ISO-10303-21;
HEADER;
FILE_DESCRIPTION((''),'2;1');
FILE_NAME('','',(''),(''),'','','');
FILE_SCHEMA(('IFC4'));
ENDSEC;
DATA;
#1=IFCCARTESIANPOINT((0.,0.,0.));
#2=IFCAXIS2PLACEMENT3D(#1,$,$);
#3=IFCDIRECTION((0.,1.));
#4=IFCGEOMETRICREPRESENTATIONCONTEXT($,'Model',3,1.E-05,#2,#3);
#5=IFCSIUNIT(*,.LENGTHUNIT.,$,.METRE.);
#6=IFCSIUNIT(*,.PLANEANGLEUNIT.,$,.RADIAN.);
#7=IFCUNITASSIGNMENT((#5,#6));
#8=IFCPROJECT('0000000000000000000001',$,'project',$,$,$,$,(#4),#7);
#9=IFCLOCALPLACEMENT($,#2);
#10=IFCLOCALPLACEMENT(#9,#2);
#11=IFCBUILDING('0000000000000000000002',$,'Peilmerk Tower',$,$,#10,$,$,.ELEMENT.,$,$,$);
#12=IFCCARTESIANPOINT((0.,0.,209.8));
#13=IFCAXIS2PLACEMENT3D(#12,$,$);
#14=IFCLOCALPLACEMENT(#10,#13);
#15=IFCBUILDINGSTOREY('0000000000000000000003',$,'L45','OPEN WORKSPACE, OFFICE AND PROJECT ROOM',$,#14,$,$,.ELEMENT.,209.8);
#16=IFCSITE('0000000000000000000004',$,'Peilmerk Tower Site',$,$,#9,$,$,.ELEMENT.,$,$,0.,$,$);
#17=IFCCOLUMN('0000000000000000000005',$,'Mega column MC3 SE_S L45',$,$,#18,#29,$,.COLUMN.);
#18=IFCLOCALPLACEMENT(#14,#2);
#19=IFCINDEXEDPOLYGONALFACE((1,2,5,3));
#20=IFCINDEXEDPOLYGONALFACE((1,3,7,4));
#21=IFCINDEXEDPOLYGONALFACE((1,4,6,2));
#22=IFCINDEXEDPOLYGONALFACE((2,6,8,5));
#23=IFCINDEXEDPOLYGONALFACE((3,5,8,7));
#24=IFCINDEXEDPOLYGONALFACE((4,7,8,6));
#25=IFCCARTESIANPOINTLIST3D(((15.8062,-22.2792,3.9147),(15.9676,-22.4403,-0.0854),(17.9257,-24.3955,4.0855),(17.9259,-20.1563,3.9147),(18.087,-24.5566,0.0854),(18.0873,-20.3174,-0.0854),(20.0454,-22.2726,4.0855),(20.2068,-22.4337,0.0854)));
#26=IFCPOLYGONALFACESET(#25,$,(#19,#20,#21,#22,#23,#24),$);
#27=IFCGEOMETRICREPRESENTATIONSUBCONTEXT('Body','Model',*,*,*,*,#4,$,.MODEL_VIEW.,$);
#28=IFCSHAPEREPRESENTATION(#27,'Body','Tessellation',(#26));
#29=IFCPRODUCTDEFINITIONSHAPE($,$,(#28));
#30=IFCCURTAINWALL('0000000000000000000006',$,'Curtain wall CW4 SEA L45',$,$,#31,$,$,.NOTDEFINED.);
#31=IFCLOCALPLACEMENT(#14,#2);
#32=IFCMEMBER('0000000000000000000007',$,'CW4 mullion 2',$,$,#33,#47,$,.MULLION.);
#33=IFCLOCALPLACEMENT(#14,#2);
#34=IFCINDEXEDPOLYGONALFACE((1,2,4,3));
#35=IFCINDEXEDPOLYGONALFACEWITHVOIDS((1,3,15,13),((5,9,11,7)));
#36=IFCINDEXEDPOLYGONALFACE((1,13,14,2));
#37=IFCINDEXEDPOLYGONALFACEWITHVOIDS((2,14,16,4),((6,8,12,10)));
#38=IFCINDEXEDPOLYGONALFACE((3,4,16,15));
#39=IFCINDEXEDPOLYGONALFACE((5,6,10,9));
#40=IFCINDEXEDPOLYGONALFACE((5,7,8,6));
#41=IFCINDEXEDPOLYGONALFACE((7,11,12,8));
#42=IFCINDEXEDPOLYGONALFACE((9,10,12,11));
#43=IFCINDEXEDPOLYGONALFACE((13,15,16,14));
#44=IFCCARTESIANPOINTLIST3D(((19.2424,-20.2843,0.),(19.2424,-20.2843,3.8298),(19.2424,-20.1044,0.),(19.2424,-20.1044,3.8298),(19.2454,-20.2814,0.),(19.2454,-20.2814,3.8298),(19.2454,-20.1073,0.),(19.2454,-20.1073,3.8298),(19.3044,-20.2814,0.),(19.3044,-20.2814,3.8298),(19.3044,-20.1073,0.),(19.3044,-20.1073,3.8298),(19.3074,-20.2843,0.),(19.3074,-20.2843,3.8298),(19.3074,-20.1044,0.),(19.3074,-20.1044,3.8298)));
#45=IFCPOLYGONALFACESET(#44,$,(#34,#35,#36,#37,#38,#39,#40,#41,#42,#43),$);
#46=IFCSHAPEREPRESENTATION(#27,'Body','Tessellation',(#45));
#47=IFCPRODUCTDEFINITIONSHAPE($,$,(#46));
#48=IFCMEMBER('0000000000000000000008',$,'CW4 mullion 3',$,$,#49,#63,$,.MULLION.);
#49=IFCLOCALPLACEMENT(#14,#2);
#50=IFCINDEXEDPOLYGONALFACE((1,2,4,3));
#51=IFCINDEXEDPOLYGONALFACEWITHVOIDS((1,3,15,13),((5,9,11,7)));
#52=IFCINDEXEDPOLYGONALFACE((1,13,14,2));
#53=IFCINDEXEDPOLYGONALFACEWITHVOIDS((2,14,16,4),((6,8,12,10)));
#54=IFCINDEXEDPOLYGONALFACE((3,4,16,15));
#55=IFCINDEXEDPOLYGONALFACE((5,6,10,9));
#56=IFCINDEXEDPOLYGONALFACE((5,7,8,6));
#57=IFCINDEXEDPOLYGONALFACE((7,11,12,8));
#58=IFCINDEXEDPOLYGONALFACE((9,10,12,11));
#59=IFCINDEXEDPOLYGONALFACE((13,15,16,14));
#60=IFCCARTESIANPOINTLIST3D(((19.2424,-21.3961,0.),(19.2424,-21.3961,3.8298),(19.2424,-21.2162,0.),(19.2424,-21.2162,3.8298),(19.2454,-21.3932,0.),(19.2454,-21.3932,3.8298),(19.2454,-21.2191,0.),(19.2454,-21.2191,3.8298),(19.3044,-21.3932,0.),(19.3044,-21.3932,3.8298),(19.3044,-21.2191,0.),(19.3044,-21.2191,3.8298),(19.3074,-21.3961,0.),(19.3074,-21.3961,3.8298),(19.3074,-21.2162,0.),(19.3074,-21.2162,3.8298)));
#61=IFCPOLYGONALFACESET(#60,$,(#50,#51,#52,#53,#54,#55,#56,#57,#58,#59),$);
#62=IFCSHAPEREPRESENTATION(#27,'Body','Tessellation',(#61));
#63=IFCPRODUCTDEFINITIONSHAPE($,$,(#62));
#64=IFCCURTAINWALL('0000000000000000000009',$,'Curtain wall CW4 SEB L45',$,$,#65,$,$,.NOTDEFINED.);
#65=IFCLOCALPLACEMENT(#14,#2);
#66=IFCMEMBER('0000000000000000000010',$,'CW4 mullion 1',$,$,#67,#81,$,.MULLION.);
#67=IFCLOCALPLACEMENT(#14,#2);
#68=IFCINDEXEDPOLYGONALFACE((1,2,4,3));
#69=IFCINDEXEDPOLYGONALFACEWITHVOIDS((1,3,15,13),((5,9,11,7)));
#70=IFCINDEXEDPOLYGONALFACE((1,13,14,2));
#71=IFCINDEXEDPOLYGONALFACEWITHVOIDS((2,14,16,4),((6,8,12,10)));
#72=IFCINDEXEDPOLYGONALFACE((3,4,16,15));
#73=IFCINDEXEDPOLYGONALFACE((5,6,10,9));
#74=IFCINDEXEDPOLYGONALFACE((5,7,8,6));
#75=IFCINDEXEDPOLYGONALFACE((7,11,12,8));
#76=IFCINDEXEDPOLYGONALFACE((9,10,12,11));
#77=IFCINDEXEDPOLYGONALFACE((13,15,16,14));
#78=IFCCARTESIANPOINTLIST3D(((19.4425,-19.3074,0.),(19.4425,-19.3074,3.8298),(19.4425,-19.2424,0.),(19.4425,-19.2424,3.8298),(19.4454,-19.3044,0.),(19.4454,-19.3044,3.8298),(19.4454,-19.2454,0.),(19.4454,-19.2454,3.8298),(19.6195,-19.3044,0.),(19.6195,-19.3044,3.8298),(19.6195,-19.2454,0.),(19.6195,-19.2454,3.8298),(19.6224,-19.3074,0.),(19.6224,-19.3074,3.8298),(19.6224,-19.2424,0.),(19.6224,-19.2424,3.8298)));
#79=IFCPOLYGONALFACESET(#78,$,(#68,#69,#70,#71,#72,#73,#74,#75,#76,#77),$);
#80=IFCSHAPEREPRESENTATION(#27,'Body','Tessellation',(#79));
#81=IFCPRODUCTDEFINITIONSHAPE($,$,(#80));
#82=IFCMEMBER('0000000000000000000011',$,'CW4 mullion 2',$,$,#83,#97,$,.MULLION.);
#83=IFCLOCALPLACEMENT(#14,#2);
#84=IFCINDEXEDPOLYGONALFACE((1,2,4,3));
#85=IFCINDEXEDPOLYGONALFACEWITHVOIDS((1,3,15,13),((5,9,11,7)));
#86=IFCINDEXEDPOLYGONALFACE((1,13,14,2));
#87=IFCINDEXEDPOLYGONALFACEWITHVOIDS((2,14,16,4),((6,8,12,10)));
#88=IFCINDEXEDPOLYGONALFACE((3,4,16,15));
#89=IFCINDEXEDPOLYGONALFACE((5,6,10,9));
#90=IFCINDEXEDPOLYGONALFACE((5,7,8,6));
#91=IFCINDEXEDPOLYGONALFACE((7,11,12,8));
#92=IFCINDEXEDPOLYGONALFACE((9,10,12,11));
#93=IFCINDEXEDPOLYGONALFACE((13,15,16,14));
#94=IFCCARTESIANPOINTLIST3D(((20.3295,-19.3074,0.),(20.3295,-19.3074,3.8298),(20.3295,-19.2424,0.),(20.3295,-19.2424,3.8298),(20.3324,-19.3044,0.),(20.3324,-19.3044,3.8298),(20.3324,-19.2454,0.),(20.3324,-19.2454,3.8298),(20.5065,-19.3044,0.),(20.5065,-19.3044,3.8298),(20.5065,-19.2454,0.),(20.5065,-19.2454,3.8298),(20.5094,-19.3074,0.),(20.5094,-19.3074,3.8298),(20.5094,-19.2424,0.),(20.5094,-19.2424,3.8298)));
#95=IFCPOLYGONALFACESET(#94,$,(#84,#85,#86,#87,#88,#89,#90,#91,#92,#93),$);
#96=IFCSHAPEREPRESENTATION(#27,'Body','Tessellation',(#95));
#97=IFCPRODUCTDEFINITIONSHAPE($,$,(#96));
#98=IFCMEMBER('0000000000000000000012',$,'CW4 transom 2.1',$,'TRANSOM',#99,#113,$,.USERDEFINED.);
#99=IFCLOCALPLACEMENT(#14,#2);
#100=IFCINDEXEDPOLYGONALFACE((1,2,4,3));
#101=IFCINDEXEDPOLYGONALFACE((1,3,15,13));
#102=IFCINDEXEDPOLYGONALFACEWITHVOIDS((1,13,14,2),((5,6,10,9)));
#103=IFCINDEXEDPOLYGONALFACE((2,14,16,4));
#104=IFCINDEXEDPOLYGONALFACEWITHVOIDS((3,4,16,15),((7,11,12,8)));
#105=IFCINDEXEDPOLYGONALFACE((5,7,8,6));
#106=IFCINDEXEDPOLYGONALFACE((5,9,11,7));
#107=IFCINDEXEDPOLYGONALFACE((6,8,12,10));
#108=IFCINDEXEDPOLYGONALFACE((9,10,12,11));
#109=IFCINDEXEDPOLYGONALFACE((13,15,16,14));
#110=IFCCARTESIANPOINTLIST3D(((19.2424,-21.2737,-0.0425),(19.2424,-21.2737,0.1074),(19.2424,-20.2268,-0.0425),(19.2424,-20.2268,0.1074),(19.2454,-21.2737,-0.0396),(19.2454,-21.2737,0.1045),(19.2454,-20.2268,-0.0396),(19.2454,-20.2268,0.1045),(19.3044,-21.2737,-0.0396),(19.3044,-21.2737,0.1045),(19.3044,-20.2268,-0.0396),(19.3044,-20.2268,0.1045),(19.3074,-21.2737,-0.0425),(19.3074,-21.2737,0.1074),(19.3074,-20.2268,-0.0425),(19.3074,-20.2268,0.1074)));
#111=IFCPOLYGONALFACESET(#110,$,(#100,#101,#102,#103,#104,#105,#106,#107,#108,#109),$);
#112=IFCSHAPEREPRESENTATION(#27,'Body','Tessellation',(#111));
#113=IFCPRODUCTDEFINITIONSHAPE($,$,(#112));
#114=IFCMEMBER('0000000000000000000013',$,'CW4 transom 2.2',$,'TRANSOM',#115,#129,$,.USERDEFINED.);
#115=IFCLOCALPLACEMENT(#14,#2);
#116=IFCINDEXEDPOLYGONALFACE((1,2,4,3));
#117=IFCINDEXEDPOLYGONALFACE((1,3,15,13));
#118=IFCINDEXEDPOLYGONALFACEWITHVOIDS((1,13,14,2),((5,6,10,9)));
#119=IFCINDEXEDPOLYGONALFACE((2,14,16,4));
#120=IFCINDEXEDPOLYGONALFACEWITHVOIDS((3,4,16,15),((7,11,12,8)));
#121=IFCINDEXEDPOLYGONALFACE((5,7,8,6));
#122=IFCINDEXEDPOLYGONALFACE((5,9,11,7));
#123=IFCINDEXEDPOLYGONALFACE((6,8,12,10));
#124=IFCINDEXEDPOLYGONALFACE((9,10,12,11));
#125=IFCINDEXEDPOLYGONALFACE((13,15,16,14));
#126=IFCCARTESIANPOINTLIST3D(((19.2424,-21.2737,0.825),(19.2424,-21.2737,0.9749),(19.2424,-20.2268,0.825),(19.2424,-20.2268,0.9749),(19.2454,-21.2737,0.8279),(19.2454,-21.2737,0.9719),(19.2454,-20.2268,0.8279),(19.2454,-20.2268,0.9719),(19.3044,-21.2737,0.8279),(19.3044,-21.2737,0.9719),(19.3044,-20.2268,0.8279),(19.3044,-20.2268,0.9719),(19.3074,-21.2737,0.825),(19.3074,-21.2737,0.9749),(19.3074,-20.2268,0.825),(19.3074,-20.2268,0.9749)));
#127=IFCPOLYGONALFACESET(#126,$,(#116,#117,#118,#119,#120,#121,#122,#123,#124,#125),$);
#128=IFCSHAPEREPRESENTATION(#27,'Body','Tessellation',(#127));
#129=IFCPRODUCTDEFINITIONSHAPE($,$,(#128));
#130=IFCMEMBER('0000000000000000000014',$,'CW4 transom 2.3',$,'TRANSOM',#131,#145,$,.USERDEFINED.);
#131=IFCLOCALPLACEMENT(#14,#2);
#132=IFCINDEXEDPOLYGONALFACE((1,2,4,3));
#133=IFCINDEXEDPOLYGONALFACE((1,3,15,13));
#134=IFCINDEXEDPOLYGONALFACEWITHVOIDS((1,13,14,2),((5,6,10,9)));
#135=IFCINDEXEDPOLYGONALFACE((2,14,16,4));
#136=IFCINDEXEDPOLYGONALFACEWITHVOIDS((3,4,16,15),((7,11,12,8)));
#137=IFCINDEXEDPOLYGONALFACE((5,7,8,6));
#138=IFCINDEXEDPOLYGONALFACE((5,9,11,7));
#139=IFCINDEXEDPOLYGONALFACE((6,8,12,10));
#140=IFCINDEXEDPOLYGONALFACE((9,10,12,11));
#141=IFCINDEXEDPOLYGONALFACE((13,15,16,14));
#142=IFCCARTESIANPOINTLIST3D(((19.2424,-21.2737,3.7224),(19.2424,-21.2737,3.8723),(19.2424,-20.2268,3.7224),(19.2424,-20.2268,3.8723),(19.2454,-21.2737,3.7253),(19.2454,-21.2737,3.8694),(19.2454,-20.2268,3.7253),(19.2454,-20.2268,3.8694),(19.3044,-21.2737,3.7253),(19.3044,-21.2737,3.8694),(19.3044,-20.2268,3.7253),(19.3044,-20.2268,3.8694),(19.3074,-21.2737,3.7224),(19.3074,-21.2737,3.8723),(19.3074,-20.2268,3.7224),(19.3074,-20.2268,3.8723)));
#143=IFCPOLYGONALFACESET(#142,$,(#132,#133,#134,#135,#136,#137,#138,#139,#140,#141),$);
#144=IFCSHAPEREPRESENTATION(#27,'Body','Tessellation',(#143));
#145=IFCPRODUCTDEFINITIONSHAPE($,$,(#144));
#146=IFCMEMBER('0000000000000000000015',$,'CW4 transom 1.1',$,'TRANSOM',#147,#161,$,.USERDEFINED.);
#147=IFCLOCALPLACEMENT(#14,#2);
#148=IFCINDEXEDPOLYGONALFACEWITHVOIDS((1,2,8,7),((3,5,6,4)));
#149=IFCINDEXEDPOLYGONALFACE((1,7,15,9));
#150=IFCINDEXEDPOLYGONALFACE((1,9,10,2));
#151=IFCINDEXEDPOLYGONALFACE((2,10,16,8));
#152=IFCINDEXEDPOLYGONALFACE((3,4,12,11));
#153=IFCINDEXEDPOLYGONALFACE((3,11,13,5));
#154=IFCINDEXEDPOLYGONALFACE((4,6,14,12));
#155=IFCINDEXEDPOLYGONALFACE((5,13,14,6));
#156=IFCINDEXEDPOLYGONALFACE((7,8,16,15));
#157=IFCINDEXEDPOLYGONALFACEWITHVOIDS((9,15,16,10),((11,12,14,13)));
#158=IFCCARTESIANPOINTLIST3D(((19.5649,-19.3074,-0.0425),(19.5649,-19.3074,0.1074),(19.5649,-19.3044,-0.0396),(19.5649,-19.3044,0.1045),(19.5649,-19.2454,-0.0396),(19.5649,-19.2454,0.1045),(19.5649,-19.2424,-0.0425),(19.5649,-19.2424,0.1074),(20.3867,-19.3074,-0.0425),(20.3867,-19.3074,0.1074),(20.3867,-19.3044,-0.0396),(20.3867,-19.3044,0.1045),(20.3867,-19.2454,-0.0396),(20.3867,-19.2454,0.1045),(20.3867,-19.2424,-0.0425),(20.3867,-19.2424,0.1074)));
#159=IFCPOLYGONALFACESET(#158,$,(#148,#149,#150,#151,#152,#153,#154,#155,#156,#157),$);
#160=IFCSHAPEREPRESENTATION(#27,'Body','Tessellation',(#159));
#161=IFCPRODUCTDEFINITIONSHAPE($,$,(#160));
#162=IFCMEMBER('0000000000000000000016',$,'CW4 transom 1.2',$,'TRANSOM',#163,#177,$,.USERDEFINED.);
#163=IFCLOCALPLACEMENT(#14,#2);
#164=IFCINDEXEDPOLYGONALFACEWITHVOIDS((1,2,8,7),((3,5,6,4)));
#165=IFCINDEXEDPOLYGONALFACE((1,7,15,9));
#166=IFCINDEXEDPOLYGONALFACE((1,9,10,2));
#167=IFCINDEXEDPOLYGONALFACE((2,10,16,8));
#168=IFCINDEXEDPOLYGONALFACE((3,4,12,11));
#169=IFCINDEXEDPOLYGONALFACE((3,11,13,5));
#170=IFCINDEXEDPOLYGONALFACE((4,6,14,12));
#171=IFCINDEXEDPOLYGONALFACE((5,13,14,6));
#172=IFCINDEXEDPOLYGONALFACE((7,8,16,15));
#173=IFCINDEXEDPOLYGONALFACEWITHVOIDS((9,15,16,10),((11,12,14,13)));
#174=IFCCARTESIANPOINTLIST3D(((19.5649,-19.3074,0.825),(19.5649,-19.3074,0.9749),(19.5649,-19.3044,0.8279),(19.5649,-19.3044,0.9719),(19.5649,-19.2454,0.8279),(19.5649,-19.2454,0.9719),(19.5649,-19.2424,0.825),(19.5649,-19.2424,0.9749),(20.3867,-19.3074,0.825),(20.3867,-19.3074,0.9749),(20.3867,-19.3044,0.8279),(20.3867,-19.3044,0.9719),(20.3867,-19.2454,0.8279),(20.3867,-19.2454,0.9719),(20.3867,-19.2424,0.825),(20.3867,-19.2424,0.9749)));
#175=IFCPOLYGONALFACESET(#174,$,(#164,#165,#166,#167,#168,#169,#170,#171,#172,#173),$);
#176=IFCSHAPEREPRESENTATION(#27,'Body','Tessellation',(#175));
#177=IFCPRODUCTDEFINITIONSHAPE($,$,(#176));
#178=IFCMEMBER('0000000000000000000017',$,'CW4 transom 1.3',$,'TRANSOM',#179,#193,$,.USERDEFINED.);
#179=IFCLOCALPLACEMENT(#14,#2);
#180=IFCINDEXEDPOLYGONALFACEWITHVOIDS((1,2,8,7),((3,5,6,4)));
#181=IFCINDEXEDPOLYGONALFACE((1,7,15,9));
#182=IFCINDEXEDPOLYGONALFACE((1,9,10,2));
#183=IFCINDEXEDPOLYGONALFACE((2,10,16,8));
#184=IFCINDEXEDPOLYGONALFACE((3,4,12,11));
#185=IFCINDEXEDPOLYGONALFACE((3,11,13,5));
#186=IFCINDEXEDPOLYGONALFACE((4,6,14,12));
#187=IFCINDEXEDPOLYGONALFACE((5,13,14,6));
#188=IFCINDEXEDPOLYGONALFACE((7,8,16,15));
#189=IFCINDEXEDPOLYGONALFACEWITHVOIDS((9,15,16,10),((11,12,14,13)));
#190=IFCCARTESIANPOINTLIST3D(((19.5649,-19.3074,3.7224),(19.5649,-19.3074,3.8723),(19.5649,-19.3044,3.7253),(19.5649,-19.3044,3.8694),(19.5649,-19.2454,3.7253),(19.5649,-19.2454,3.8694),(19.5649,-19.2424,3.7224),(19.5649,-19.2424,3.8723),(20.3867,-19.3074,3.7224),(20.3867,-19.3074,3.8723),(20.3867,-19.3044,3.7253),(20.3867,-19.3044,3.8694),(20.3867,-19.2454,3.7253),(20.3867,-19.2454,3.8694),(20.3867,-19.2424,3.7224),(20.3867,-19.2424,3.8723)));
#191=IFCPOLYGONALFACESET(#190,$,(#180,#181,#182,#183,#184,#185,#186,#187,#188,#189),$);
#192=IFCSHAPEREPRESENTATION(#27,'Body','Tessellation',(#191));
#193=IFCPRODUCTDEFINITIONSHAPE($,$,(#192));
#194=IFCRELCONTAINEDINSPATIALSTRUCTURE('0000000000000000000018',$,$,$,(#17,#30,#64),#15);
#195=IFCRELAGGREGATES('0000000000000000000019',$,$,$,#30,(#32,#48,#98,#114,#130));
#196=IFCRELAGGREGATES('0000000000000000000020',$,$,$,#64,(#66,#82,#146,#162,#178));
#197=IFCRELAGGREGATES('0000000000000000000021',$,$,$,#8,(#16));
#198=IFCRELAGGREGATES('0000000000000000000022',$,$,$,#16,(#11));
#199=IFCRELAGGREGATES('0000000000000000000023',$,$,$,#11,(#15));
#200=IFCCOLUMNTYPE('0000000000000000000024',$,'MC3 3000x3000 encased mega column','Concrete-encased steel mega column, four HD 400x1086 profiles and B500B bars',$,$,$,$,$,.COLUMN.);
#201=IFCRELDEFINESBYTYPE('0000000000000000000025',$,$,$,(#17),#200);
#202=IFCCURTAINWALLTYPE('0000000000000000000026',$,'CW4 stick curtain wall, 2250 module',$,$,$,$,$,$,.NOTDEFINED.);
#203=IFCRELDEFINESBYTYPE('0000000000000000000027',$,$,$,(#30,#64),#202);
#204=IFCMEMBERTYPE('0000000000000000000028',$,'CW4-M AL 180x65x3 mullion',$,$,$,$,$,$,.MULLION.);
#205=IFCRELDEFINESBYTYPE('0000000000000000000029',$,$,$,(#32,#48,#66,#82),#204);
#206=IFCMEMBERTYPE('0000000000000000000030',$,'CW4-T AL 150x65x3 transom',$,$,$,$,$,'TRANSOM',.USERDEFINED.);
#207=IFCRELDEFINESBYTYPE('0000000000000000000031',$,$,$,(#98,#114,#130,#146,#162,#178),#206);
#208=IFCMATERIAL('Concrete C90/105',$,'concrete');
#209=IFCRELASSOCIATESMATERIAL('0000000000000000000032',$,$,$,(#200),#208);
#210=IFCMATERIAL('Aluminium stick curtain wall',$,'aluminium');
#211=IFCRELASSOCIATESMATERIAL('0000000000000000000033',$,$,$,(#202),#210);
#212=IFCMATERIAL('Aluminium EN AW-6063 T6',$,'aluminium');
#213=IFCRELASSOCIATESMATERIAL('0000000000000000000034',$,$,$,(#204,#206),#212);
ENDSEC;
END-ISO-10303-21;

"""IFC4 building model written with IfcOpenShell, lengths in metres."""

from ifc_helpers import new_model, si_unit, direction, frame, origin, origin_2d, place, context, subcontext, project, spatial, rectangle, hollow_rectangle, extrude, material, material_profile, profile_set, type_object, element, aggregate, save


model = new_model("IFC4")

# Units and contexts
model_context = context("Model", 3, precision=1e-05, world=origin(), true_north=direction((0.0, 1.0)))
body_context = subcontext(model_context, "Body", "Model", "MODEL_VIEW")
ifc_project = project(units=[si_unit("LENGTHUNIT", "METRE"), si_unit("PLANEANGLEUNIT", "RADIAN")], contexts=[model_context])

# Site, building, storey
site_placement = place(None, origin())
site = spatial("IfcSite", under=ifc_project, at=site_placement, Name="Peilmerk Tower Site", CompositionType="ELEMENT", RefElevation=0.0)
building_placement = place(site_placement, origin())
building = spatial("IfcBuilding", under=site, at=building_placement, Name="Peilmerk Tower", CompositionType="ELEMENT")
storey_placement = place(building_placement, frame((0.0, 0.0, 209.8)))
storey = spatial("IfcBuildingStorey", under=building, at=storey_placement, Name="L45", Description="OPEN WORKSPACE, OFFICE AND PROJECT ROOM", CompositionType="ELEMENT", Elevation=209.8)

# Column
ifc_material_1 = material(Name="Concrete C90/105", Category="concrete")
ifc_material_profile_1 = material_profile(ifc_material_1, rectangle(XDim=3.0, YDim=3.0, at=origin_2d()), Name="RC 3000x3000")
ifc_profile_set_1 = profile_set([ifc_material_profile_1], Name="Concrete C90/105")
column_type = type_object("IfcColumnType", Name="MC3 3000x3000 encased mega column", Description="Concrete-encased steel mega column, four HD 400x1086 profiles and B500B bars", PredefinedType="COLUMN", material=ifc_profile_set_1)
column_placement = place(storey_placement, frame((18.0872, -22.437, 0.0), z_axis=(-0.040279, 0.040218, 0.998379), x_axis=(-0.706571, -0.707642, 0.0)))
element("IfcColumn", 1, at=column_placement, inside=storey, type_object=column_type, Name="Mega column MC3 SE_S L45", PredefinedType="COLUMN", context=body_context, shape_type="SweptSolid", body=[
    extrude(rectangle(XDim=3.0, YDim=3.0, at=origin_2d()), origin(), (0.0, 0.0, 1.0), 4.0066),
])

# Curtain walls, members
ifc_material_2 = material(Name="Aluminium stick curtain wall", Category="aluminium")
curtain_wall_type = type_object("IfcCurtainWallType", Name="CW4 stick curtain wall, 2250 module", PredefinedType="NOTDEFINED", material=ifc_material_2)
curtain_wall_1_placement = place(storey_placement, origin())
curtain_wall_1 = element("IfcCurtainWall", 2, at=curtain_wall_1_placement, inside=storey, type_object=curtain_wall_type, Name="Curtain wall CW4 SEA L45", PredefinedType="NOTDEFINED")
ifc_material_3 = material(Name="Aluminium EN AW-6063 T6", Category="aluminium")
ifc_material_profile_2 = material_profile(ifc_material_3, hollow_rectangle(XDim=0.0649, YDim=0.1799, WallThickness=0.0029, at=origin_2d()), Name="AL 180x65x3")
ifc_profile_set_2 = profile_set([ifc_material_profile_2], Name="Aluminium EN AW-6063 T6")
member_type_1 = type_object("IfcMemberType", Name="CW4-M AL 180x65x3 mullion", PredefinedType="MULLION", material=ifc_profile_set_2)
member_1_placement = place(storey_placement, frame((19.2749, -20.1943, 0.0), z_axis=(0.0, 0.0, 1.0), x_axis=(1.0, 0.0, 0.0)))
member_1 = element("IfcMember", 3, at=member_1_placement, type_object=member_type_1, Name="CW4 mullion 2", PredefinedType="MULLION", context=body_context, shape_type="SweptSolid", body=[
    extrude(hollow_rectangle(XDim=0.0649, YDim=0.1799, WallThickness=0.0029, at=origin_2d()), origin(), (0.0, 0.0, 1.0), 3.8298),
])
member_2_placement = place(storey_placement, frame((19.2749, -21.3062, 0.0), z_axis=(0.0, 0.0, 1.0), x_axis=(1.0, 0.0, 0.0)))
member_2 = element("IfcMember", 4, at=member_2_placement, type_object=member_type_1, Name="CW4 mullion 3", PredefinedType="MULLION", context=body_context, shape_type="SweptSolid", body=[
    extrude(hollow_rectangle(XDim=0.0649, YDim=0.1799, WallThickness=0.0029, at=origin_2d()), origin(), (0.0, 0.0, 1.0), 3.8298),
])
curtain_wall_2_placement = place(storey_placement, origin())
curtain_wall_2 = element("IfcCurtainWall", 5, at=curtain_wall_2_placement, inside=storey, type_object=curtain_wall_type, Name="Curtain wall CW4 SEB L45", PredefinedType="NOTDEFINED")
member_3_placement = place(storey_placement, frame((19.5325, -19.2749, 0.0), z_axis=(0.0, 0.0, 1.0), x_axis=(0.0, 1.0, 0.0)))
member_3 = element("IfcMember", 6, at=member_3_placement, type_object=member_type_1, Name="CW4 mullion 1", PredefinedType="MULLION", context=body_context, shape_type="SweptSolid", body=[
    extrude(hollow_rectangle(XDim=0.0649, YDim=0.1799, WallThickness=0.0029, at=origin_2d()), origin(), (0.0, 0.0, 1.0), 3.8298),
])
member_4_placement = place(storey_placement, frame((20.4194, -19.2749, 0.0), z_axis=(0.0, 0.0, 1.0), x_axis=(0.0, 1.0, 0.0)))
member_4 = element("IfcMember", 7, at=member_4_placement, type_object=member_type_1, Name="CW4 mullion 2", PredefinedType="MULLION", context=body_context, shape_type="SweptSolid", body=[
    extrude(hollow_rectangle(XDim=0.0649, YDim=0.1799, WallThickness=0.0029, at=origin_2d()), origin(), (0.0, 0.0, 1.0), 3.8298),
])

# Members
ifc_material_profile_3 = material_profile(ifc_material_3, hollow_rectangle(XDim=0.0649, YDim=0.1499, WallThickness=0.0029, at=origin_2d()), Name="AL 150x65x3")
ifc_profile_set_3 = profile_set([ifc_material_profile_3], Name="Aluminium EN AW-6063 T6")
member_type_2 = type_object("IfcMemberType", Name="CW4-T AL 150x65x3 transom", ElementType="TRANSOM", PredefinedType="USERDEFINED", material=ifc_profile_set_3)
member_5_placement = place(storey_placement, frame((19.2749, -20.2268, 0.0325), z_axis=(0.0, -1.0, 0.0), x_axis=(1.0, 0.0, 0.0)))
member_5 = element("IfcMember", 8, at=member_5_placement, type_object=member_type_2, Name="CW4 transom 2.1", ObjectType="TRANSOM", PredefinedType="USERDEFINED", context=body_context, shape_type="SweptSolid", body=[
    extrude(hollow_rectangle(XDim=0.0649, YDim=0.1499, WallThickness=0.0029, at=origin_2d()), origin(), (0.0, 0.0, 1.0), 1.0469),
])
member_6_placement = place(storey_placement, frame((19.2749, -20.2268, 0.8999), z_axis=(0.0, -1.0, 0.0), x_axis=(1.0, 0.0, 0.0)))
member_6 = element("IfcMember", 9, at=member_6_placement, type_object=member_type_2, Name="CW4 transom 2.2", ObjectType="TRANSOM", PredefinedType="USERDEFINED", context=body_context, shape_type="SweptSolid", body=[
    extrude(hollow_rectangle(XDim=0.0649, YDim=0.1499, WallThickness=0.0029, at=origin_2d()), origin(), (0.0, 0.0, 1.0), 1.0469),
])
member_7_placement = place(storey_placement, frame((19.2749, -20.2268, 3.7974), z_axis=(0.0, -1.0, 0.0), x_axis=(1.0, 0.0, 0.0)))
member_7 = element("IfcMember", 10, at=member_7_placement, type_object=member_type_2, Name="CW4 transom 2.3", ObjectType="TRANSOM", PredefinedType="USERDEFINED", context=body_context, shape_type="SweptSolid", body=[
    extrude(hollow_rectangle(XDim=0.0649, YDim=0.1499, WallThickness=0.0029, at=origin_2d()), origin(), (0.0, 0.0, 1.0), 1.0469),
])
member_8_placement = place(storey_placement, frame((19.5649, -19.2749, 0.0325), z_axis=(1.0, 0.0, 0.0), x_axis=(0.0, 1.0, 0.0)))
member_8 = element("IfcMember", 11, at=member_8_placement, type_object=member_type_2, Name="CW4 transom 1.1", ObjectType="TRANSOM", PredefinedType="USERDEFINED", context=body_context, shape_type="SweptSolid", body=[
    extrude(hollow_rectangle(XDim=0.0649, YDim=0.1499, WallThickness=0.0029, at=origin_2d()), origin(), (0.0, 0.0, 1.0), 0.8218),
])
member_9_placement = place(storey_placement, frame((19.5649, -19.2749, 0.8999), z_axis=(1.0, 0.0, 0.0), x_axis=(0.0, 1.0, 0.0)))
member_9 = element("IfcMember", 12, at=member_9_placement, type_object=member_type_2, Name="CW4 transom 1.2", ObjectType="TRANSOM", PredefinedType="USERDEFINED", context=body_context, shape_type="SweptSolid", body=[
    extrude(hollow_rectangle(XDim=0.0649, YDim=0.1499, WallThickness=0.0029, at=origin_2d()), origin(), (0.0, 0.0, 1.0), 0.8218),
])
member_10_placement = place(storey_placement, frame((19.5649, -19.2749, 3.7974), z_axis=(1.0, 0.0, 0.0), x_axis=(0.0, 1.0, 0.0)))
member_10 = element("IfcMember", 13, at=member_10_placement, type_object=member_type_2, Name="CW4 transom 1.3", ObjectType="TRANSOM", PredefinedType="USERDEFINED", context=body_context, shape_type="SweptSolid", body=[
    extrude(hollow_rectangle(XDim=0.0649, YDim=0.1499, WallThickness=0.0029, at=origin_2d()), origin(), (0.0, 0.0, 1.0), 0.8218),
])

aggregate(curtain_wall_1, [member_1, member_2, member_5, member_6, member_7])
aggregate(curtain_wall_2, [member_3, member_4, member_8, member_9, member_10])

save(model, "model.ifc")
